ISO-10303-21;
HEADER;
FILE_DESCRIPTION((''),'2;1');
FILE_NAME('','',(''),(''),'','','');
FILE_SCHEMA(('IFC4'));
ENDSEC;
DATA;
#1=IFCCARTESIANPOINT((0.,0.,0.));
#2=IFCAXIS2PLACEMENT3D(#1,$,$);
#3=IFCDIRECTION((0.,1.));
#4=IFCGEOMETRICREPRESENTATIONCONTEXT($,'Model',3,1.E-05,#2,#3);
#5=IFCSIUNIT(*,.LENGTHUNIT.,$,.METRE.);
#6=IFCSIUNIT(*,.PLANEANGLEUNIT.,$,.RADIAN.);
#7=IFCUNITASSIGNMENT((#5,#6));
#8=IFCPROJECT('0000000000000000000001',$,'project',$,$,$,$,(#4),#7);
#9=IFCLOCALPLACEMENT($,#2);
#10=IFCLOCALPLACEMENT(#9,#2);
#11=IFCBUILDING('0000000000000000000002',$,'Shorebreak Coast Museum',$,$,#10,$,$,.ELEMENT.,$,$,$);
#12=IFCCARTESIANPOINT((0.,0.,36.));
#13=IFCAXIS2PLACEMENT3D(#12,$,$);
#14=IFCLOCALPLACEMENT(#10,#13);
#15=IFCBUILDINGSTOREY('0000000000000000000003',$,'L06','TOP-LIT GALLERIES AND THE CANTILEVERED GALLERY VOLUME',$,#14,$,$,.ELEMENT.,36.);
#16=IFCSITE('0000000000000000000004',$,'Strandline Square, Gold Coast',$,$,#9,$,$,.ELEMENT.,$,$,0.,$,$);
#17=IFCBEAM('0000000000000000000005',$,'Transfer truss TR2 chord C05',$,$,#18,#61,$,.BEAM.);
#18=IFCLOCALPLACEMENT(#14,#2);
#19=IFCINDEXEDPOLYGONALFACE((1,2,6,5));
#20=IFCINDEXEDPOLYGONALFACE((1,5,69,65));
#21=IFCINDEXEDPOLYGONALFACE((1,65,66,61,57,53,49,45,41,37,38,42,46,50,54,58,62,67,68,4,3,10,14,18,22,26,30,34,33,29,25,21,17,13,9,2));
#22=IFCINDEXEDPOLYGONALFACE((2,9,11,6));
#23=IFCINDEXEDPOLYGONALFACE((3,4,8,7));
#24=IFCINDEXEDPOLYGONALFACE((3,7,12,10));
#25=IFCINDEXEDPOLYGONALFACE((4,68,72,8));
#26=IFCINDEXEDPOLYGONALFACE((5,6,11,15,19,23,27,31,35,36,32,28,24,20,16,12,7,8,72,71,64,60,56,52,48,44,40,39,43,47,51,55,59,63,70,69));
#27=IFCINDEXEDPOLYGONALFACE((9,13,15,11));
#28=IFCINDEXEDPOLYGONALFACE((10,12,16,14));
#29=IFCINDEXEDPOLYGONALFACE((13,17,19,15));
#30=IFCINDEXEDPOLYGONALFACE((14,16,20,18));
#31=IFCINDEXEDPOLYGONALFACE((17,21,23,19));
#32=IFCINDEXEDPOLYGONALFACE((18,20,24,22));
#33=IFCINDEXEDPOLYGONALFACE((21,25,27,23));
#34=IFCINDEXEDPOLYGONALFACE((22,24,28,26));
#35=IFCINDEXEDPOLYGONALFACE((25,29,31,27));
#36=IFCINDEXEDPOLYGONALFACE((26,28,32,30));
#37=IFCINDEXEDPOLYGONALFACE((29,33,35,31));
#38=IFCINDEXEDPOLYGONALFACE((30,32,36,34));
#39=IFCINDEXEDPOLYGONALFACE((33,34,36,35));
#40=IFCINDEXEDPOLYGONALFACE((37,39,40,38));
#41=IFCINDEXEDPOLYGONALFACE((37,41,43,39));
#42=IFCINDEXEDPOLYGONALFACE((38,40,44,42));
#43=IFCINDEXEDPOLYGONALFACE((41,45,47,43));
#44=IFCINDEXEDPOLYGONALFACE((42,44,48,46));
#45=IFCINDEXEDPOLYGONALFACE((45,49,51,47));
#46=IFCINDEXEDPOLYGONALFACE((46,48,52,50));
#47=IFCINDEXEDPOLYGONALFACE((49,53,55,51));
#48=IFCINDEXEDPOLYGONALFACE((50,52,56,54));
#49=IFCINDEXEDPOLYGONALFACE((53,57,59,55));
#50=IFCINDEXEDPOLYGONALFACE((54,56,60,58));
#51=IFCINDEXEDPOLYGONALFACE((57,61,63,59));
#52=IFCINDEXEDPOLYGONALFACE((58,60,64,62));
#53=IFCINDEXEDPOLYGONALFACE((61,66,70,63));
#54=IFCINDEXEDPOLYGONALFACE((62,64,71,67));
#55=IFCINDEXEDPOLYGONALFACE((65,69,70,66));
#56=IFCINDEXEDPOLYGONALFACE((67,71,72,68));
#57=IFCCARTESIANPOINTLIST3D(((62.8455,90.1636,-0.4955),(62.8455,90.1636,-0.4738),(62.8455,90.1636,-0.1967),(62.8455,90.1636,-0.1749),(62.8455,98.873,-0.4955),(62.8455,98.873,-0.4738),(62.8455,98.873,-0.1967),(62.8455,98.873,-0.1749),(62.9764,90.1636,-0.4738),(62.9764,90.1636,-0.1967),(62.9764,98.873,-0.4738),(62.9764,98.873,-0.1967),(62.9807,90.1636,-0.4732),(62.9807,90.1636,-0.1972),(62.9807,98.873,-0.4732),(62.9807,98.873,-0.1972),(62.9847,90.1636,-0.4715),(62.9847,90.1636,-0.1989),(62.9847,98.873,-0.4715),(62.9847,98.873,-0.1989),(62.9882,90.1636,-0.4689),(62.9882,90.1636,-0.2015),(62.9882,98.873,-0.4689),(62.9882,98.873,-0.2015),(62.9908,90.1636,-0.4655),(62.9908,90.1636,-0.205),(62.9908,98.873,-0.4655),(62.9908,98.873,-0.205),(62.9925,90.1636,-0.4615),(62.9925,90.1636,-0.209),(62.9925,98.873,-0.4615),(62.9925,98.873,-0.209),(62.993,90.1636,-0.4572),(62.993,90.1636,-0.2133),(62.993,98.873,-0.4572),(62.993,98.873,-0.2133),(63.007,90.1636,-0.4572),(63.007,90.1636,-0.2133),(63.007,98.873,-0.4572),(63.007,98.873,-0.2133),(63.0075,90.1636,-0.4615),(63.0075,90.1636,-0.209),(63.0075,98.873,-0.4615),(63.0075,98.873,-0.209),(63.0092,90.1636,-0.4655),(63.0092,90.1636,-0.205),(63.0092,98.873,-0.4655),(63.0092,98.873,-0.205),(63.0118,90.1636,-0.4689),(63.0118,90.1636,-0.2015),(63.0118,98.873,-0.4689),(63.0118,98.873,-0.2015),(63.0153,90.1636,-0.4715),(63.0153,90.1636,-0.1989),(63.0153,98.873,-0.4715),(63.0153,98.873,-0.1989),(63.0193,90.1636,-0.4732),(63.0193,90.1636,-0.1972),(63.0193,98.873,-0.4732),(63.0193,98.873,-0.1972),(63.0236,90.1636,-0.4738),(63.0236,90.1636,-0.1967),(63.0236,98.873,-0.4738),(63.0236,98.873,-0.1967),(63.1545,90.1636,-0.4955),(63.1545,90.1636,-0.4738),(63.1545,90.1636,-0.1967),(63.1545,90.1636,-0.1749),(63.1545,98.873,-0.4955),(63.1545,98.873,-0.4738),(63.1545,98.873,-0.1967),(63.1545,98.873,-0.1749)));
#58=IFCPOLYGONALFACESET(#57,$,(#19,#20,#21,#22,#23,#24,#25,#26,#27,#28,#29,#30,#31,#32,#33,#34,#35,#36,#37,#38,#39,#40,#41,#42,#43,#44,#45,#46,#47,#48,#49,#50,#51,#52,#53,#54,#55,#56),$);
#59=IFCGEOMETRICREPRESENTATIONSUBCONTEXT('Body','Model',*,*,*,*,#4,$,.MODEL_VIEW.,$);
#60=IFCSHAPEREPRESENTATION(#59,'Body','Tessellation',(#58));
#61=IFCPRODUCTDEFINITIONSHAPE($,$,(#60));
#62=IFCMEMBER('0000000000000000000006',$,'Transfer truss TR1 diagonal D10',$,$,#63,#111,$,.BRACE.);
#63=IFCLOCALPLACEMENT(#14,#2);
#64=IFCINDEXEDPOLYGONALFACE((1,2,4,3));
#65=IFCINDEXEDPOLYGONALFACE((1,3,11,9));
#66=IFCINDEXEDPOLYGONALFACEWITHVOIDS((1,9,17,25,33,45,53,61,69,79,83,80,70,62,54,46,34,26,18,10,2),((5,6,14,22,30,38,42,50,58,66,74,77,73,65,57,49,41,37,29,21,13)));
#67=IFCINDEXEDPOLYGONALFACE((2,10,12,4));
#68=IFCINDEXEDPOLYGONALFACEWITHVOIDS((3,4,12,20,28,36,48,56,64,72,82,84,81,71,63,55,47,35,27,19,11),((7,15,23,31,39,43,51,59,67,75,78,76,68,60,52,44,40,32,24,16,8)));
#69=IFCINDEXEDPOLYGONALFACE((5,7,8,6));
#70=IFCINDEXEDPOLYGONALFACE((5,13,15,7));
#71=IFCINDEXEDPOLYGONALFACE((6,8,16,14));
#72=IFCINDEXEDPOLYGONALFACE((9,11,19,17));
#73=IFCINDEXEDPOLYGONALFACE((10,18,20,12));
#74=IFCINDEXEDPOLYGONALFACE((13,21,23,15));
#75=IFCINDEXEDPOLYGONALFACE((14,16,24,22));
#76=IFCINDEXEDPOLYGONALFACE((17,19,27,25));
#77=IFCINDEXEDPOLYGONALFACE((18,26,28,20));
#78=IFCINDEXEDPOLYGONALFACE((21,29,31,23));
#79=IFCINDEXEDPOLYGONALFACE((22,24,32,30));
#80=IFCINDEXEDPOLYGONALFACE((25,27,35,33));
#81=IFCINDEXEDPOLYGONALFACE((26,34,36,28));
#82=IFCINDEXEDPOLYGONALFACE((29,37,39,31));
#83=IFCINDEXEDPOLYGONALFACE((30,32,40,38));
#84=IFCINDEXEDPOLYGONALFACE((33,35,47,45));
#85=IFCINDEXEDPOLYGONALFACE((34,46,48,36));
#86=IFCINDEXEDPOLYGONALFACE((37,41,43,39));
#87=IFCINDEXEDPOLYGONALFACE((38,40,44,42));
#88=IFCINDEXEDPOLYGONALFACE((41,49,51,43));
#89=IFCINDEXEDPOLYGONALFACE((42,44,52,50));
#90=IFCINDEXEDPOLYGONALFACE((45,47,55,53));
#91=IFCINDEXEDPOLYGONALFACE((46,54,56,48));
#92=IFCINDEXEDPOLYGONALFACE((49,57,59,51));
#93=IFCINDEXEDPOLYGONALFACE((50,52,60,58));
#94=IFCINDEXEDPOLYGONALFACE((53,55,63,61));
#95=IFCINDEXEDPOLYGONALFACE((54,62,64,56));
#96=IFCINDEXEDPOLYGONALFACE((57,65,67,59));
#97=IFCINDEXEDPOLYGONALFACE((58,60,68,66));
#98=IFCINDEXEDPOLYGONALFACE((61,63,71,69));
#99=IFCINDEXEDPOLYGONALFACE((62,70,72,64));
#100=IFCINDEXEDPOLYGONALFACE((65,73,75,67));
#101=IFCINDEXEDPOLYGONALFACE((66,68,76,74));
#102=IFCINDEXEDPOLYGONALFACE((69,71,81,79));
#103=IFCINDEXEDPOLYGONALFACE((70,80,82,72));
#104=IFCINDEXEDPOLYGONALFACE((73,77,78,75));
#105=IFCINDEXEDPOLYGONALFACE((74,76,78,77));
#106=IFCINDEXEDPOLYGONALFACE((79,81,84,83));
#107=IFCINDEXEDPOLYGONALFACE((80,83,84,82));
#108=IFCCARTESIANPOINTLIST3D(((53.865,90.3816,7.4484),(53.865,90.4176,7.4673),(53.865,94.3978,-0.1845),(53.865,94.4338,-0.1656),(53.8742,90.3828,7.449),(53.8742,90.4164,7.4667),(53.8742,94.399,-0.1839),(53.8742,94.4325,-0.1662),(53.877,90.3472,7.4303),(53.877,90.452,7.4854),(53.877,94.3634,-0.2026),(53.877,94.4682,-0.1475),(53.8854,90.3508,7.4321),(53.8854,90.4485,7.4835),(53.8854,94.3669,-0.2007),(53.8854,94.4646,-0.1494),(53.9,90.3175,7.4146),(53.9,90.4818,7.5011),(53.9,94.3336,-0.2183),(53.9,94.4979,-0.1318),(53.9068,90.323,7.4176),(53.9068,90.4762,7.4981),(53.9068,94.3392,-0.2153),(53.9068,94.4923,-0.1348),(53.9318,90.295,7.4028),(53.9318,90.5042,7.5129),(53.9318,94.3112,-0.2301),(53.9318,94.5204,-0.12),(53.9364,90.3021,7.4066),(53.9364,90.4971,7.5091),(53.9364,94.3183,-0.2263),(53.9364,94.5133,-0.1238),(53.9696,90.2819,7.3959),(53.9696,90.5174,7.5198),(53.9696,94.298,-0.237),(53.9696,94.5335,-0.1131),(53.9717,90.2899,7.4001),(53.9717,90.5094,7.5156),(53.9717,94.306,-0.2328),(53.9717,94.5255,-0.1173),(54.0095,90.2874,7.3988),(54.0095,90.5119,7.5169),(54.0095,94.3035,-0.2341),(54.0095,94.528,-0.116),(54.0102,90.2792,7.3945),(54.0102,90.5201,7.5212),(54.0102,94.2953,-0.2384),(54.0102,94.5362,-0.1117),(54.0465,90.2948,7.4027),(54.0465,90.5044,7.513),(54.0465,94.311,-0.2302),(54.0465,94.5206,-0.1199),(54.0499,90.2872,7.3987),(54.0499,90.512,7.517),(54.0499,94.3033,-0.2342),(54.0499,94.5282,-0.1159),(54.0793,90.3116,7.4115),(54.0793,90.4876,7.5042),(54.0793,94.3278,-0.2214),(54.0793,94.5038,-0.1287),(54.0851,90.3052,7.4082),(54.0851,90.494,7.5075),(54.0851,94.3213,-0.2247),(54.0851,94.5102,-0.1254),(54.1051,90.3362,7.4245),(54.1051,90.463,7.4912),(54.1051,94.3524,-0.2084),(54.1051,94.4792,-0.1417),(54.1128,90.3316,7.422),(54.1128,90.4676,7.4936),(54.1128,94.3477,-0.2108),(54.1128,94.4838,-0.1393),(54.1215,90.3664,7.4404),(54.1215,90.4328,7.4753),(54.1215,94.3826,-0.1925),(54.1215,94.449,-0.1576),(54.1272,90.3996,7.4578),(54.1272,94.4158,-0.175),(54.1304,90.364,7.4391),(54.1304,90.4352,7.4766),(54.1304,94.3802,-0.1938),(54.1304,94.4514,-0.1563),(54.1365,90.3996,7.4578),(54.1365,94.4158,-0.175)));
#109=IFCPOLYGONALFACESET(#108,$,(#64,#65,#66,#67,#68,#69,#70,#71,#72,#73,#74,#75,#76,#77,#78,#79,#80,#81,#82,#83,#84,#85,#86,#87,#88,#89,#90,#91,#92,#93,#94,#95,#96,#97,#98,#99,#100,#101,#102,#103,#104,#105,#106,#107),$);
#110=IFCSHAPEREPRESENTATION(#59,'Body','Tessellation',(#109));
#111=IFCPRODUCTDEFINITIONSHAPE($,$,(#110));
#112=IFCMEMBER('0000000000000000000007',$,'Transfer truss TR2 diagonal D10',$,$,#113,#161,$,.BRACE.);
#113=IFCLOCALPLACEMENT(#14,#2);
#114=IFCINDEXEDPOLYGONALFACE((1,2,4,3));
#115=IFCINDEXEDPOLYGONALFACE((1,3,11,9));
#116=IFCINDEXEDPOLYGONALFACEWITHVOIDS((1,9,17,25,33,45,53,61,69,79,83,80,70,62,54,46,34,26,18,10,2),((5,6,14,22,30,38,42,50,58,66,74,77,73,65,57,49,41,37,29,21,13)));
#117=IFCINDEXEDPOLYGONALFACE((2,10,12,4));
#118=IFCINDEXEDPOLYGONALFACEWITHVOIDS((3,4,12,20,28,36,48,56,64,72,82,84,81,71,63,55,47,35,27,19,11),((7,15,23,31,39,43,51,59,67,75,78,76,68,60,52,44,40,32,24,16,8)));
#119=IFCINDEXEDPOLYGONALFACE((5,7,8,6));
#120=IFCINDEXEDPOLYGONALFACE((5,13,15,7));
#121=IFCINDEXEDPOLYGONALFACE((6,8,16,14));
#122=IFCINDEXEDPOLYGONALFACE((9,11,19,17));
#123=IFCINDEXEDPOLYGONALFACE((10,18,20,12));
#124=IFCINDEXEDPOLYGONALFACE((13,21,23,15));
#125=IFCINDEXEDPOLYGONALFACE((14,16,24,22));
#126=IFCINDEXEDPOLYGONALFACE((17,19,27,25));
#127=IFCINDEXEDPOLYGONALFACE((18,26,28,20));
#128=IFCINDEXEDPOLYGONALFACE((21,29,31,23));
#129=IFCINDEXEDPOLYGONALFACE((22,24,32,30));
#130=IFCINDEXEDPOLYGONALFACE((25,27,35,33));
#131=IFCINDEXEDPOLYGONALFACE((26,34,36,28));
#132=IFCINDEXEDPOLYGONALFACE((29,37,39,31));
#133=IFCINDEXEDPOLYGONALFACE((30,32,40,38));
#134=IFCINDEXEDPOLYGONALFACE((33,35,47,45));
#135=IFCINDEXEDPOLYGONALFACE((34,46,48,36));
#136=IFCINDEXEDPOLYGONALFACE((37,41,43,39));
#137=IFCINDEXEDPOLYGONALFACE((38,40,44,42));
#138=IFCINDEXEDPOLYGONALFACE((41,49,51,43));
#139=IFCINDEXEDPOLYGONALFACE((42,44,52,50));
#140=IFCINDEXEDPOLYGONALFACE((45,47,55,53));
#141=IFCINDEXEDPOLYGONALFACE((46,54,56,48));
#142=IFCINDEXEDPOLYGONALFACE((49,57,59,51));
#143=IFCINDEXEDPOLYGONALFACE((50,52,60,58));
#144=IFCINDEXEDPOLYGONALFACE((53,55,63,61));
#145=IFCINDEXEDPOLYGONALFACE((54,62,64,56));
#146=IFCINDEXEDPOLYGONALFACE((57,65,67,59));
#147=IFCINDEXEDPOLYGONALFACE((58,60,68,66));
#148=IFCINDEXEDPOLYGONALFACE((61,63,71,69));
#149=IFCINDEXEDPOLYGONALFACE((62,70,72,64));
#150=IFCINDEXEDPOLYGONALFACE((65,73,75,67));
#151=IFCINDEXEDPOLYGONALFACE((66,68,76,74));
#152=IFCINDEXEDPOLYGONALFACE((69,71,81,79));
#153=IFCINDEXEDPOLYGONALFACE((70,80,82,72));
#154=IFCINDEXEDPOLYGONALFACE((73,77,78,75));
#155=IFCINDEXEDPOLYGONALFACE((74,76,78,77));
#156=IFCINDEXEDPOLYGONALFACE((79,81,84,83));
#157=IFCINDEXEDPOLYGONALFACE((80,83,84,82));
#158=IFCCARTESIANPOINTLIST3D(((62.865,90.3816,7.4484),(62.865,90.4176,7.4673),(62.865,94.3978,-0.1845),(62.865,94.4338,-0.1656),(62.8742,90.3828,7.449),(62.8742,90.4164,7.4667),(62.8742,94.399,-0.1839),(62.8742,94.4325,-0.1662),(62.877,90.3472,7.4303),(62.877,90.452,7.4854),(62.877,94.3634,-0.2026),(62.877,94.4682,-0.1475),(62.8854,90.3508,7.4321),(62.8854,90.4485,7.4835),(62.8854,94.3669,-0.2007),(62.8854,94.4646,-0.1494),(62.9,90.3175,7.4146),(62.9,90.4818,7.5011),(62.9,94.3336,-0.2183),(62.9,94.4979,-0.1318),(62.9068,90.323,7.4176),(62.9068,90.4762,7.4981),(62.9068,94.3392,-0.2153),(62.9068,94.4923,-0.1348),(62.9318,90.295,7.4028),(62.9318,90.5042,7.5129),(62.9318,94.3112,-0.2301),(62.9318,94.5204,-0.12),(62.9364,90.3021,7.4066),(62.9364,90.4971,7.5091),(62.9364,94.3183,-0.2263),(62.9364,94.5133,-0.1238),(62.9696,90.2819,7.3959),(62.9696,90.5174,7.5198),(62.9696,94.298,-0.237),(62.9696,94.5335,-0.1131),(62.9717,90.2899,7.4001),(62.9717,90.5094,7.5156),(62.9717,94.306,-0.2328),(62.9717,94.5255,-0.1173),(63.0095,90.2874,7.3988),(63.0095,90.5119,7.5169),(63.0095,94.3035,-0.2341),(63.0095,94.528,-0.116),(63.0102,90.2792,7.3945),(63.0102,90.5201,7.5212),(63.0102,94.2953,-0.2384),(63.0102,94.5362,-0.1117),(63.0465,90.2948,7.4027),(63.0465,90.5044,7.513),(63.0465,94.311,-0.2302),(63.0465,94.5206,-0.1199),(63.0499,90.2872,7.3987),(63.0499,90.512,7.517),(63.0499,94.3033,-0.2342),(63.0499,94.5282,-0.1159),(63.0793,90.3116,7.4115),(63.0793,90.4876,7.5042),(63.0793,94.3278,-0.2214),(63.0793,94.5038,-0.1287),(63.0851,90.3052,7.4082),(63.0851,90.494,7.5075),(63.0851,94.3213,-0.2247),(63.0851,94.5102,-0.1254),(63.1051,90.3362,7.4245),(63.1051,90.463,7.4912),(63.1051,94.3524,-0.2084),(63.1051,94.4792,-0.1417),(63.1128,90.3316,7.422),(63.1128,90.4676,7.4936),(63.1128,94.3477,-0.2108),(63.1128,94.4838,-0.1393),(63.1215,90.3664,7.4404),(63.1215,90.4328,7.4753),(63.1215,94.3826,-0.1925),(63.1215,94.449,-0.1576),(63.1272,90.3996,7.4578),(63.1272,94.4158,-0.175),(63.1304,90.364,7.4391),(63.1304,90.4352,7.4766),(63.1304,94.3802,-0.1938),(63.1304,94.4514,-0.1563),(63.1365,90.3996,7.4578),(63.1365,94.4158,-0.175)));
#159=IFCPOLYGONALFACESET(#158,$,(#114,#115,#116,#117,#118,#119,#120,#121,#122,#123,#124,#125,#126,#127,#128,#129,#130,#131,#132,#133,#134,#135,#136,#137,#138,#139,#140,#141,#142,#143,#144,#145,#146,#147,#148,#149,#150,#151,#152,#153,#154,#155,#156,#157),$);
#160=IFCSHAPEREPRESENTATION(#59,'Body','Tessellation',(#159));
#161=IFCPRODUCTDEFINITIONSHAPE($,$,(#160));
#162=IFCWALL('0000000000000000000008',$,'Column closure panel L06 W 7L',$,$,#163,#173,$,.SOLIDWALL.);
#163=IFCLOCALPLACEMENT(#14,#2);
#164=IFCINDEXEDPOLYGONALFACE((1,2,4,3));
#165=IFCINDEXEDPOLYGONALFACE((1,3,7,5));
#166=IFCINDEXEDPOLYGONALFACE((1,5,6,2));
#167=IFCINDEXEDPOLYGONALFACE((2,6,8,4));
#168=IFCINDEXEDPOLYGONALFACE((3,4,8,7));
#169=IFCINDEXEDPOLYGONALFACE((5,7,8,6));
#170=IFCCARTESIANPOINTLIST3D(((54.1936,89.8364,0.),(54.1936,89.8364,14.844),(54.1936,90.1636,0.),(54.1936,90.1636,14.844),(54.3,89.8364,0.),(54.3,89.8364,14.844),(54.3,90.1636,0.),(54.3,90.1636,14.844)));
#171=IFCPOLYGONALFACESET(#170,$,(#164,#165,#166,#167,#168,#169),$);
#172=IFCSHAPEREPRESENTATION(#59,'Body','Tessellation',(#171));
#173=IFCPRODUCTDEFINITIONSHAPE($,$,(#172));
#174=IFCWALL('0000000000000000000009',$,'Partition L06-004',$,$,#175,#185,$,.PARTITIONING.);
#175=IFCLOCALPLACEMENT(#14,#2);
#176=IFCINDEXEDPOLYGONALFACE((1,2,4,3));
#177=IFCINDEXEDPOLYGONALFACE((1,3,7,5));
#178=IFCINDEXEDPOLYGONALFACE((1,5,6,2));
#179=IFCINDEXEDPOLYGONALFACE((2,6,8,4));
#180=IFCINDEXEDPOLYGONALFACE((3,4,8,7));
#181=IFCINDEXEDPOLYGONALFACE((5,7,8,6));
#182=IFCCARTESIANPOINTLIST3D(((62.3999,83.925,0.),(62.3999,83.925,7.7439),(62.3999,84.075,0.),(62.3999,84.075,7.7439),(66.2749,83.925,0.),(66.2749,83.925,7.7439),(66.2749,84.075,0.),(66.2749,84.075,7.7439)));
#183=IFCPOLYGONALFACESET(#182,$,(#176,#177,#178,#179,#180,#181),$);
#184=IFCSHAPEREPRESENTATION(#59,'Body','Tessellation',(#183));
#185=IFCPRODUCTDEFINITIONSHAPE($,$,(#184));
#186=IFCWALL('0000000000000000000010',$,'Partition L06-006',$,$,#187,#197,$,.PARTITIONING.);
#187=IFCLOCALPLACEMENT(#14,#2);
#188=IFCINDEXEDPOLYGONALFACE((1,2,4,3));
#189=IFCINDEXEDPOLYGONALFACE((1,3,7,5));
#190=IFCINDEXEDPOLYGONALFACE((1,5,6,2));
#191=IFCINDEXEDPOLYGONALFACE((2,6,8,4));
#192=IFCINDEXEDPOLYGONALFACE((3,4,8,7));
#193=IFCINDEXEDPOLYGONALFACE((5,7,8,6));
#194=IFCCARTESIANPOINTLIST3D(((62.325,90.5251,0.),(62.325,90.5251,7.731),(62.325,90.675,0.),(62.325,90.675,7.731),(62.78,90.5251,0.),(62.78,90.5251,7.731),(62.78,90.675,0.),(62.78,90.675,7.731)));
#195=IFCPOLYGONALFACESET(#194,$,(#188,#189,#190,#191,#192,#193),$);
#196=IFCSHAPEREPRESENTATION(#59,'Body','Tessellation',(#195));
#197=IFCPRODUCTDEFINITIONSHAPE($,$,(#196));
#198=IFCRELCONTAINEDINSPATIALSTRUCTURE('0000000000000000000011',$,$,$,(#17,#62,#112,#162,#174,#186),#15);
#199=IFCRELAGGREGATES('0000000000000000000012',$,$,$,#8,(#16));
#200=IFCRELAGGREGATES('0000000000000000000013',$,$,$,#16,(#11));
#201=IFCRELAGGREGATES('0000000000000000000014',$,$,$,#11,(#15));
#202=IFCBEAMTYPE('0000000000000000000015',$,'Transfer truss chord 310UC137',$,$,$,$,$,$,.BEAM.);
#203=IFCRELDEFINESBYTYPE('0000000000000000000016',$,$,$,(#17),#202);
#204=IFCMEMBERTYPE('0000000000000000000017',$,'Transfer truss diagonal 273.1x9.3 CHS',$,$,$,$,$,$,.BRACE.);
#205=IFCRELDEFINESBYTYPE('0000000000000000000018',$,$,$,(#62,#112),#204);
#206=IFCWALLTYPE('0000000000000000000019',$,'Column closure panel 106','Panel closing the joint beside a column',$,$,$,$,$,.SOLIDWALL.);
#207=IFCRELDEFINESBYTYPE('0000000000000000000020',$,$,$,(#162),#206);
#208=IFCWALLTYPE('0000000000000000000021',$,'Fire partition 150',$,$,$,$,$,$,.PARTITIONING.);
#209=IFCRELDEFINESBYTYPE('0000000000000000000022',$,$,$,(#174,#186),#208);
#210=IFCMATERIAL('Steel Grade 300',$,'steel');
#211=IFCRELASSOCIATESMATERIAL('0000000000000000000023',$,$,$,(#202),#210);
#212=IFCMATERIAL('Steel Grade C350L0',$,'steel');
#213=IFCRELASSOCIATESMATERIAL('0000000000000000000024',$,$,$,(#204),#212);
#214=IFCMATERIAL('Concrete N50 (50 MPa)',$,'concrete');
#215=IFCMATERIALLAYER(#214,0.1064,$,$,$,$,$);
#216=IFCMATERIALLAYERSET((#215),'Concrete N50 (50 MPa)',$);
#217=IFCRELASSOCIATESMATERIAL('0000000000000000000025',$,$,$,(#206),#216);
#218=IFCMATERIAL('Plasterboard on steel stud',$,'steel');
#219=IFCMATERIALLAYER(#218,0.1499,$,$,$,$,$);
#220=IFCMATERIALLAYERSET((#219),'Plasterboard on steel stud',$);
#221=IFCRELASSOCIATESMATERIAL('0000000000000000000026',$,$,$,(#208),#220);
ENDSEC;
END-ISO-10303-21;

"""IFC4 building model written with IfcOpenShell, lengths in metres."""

from ifc_helpers import new_model, si_unit, direction, frame, frame_2d, origin, origin_2d, place, context, subcontext, project, spatial, rectangle, hollow_circle, i_section, extrude, material, layer, layer_set, material_profile, profile_set, type_object, element, save


model = new_model("IFC4")

# Units and contexts
model_context = context("Model", 3, precision=1e-05, world=origin(), true_north=direction((0.0, 1.0)))
body_context = subcontext(model_context, "Body", "Model", "MODEL_VIEW")
ifc_project = project(units=[si_unit("LENGTHUNIT", "METRE"), si_unit("PLANEANGLEUNIT", "RADIAN")], contexts=[model_context])

# Site, building, storey
site_placement = place(None, origin())
site = spatial("IfcSite", under=ifc_project, at=site_placement, Name="Strandline Square, Gold Coast", CompositionType="ELEMENT", RefElevation=0.0)
building_placement = place(site_placement, origin())
building = spatial("IfcBuilding", under=site, at=building_placement, Name="Shorebreak Coast Museum", CompositionType="ELEMENT")
storey_placement = place(building_placement, frame((0.0, 0.0, 36.0)))
storey = spatial("IfcBuildingStorey", under=building, at=storey_placement, Name="L06", Description="TOP-LIT GALLERIES AND THE CANTILEVERED GALLERY VOLUME", CompositionType="ELEMENT", Elevation=36.0)

# Beam
ifc_material_1 = material(Name="Steel Grade 300", Category="steel")
ifc_material_profile_1 = material_profile(ifc_material_1, i_section(OverallWidth=0.3091, OverallDepth=0.3206, WebThickness=0.0139, FlangeThickness=0.0217, FilletRadius=0.0166, at=origin_2d()), Name="310UC137")
ifc_profile_set_1 = profile_set([ifc_material_profile_1], Name="Steel Grade 300")
beam_type_1 = type_object("IfcBeamType", Name="Transfer truss chord 310UC137", PredefinedType="BEAM", material=ifc_profile_set_1)
for number, where, z_axis, x_axis, name in (
    (1, (63.0, 90.1636, -0.3352), (0.0, 1.0, 0.0), (-1.0, 0.0, 0.0), "Transfer truss TR2 chord C05"),
):
    element("IfcBeam", number, at=place(storey_placement, frame(where, z_axis=z_axis, x_axis=x_axis)), inside=storey, type_object=beam_type_1, Name=name, PredefinedType="BEAM", context=body_context, shape_type="SweptSolid", body=[
        extrude(i_section(OverallWidth=0.3091, OverallDepth=0.3206, WebThickness=0.0139, FlangeThickness=0.0217, FilletRadius=0.0166, at=origin_2d()), origin(), (0.0, 0.0, 1.0), 8.7095),
    ])

# Members
ifc_material_2 = material(Name="Steel Grade C350L0", Category="steel")
ifc_material_profile_2 = material_profile(ifc_material_2, hollow_circle(Radius=0.1365, WallThickness=0.0093, at=origin_2d()), Name="273.1x9.3 CHS")
ifc_profile_set_2 = profile_set([ifc_material_profile_2], Name="Steel Grade C350L0")
member_type = type_object("IfcMemberType", Name="Transfer truss diagonal 273.1x9.3 CHS", PredefinedType="BRACE", material=ifc_profile_set_2)
for number, where, z_axis, x_axis, name in (
    (2, (54.0, 94.4158, -0.175), (0.0, -0.465641, 0.884973), (1.0, 0.0, 0.0), "Transfer truss TR1 diagonal D10"),
    (3, (63.0, 94.4158, -0.175), (0.0, -0.465641, 0.884973), (1.0, 0.0, 0.0), "Transfer truss TR2 diagonal D10"),
):
    element("IfcMember", number, at=place(storey_placement, frame(where, z_axis=z_axis, x_axis=x_axis)), inside=storey, type_object=member_type, Name=name, PredefinedType="BRACE", context=body_context, shape_type="SweptSolid", body=[
        extrude(hollow_circle(Radius=0.1365, WallThickness=0.0093, at=origin_2d()), origin(), (0.0, 0.0, 1.0), 8.625),
    ])

# Walls
ifc_material_3 = material(Name="Concrete N50 (50 MPa)", Category="concrete")
ifc_layer_1 = layer(ifc_material_3, 0.1064)
ifc_layer_set_1 = layer_set([ifc_layer_1], Name="Concrete N50 (50 MPa)")
wall_type_1 = type_object("IfcWallType", Name="Column closure panel 106", Description="Panel closing the joint beside a column", PredefinedType="SOLIDWALL", material=ifc_layer_set_1)
wall_1_placement = place(storey_placement, frame((54.2468, 89.8364, 0.0), z_axis=(0.0, 0.0, 1.0), x_axis=(0.0, 1.0, 0.0)))
element("IfcWall", 4, at=wall_1_placement, inside=storey, type_object=wall_type_1, Name="Column closure panel L06 W 7L", PredefinedType="SOLIDWALL", context=body_context, shape_type="SweptSolid", body=[
    extrude(rectangle(XDim=0.3271, YDim=0.1064, at=frame_2d((0.1636, 0.0))), origin(), (0.0, 0.0, 1.0), 14.844),
])
ifc_material_4 = material(Name="Plasterboard on steel stud", Category="steel")
ifc_layer_2 = layer(ifc_material_4, 0.1499)
ifc_layer_set_2 = layer_set([ifc_layer_2], Name="Plasterboard on steel stud")
wall_type_2 = type_object("IfcWallType", Name="Fire partition 150", PredefinedType="PARTITIONING", material=ifc_layer_set_2)
wall_2_placement = place(storey_placement, frame((62.3999, 84.0, 0.0), z_axis=(0.0, 0.0, 1.0), x_axis=(1.0, 0.0, 0.0)))
element("IfcWall", 5, at=wall_2_placement, inside=storey, type_object=wall_type_2, Name="Partition L06-004", PredefinedType="PARTITIONING", context=body_context, shape_type="SweptSolid", body=[
    extrude(rectangle(XDim=3.875, YDim=0.1499, at=frame_2d((1.9375, 0.0))), origin(), (0.0, 0.0, 1.0), 7.7439),
])
wall_3_placement = place(storey_placement, frame((62.325, 90.6001, 0.0), z_axis=(0.0, 0.0, 1.0), x_axis=(1.0, 0.0, 0.0)))
element("IfcWall", 6, at=wall_3_placement, inside=storey, type_object=wall_type_2, Name="Partition L06-006", PredefinedType="PARTITIONING", context=body_context, shape_type="SweptSolid", body=[
    extrude(rectangle(XDim=0.4551, YDim=0.1499, at=frame_2d((0.2275, 0.0))), origin(), (0.0, 0.0, 1.0), 7.731),
])

save(model, "model.ifc")
